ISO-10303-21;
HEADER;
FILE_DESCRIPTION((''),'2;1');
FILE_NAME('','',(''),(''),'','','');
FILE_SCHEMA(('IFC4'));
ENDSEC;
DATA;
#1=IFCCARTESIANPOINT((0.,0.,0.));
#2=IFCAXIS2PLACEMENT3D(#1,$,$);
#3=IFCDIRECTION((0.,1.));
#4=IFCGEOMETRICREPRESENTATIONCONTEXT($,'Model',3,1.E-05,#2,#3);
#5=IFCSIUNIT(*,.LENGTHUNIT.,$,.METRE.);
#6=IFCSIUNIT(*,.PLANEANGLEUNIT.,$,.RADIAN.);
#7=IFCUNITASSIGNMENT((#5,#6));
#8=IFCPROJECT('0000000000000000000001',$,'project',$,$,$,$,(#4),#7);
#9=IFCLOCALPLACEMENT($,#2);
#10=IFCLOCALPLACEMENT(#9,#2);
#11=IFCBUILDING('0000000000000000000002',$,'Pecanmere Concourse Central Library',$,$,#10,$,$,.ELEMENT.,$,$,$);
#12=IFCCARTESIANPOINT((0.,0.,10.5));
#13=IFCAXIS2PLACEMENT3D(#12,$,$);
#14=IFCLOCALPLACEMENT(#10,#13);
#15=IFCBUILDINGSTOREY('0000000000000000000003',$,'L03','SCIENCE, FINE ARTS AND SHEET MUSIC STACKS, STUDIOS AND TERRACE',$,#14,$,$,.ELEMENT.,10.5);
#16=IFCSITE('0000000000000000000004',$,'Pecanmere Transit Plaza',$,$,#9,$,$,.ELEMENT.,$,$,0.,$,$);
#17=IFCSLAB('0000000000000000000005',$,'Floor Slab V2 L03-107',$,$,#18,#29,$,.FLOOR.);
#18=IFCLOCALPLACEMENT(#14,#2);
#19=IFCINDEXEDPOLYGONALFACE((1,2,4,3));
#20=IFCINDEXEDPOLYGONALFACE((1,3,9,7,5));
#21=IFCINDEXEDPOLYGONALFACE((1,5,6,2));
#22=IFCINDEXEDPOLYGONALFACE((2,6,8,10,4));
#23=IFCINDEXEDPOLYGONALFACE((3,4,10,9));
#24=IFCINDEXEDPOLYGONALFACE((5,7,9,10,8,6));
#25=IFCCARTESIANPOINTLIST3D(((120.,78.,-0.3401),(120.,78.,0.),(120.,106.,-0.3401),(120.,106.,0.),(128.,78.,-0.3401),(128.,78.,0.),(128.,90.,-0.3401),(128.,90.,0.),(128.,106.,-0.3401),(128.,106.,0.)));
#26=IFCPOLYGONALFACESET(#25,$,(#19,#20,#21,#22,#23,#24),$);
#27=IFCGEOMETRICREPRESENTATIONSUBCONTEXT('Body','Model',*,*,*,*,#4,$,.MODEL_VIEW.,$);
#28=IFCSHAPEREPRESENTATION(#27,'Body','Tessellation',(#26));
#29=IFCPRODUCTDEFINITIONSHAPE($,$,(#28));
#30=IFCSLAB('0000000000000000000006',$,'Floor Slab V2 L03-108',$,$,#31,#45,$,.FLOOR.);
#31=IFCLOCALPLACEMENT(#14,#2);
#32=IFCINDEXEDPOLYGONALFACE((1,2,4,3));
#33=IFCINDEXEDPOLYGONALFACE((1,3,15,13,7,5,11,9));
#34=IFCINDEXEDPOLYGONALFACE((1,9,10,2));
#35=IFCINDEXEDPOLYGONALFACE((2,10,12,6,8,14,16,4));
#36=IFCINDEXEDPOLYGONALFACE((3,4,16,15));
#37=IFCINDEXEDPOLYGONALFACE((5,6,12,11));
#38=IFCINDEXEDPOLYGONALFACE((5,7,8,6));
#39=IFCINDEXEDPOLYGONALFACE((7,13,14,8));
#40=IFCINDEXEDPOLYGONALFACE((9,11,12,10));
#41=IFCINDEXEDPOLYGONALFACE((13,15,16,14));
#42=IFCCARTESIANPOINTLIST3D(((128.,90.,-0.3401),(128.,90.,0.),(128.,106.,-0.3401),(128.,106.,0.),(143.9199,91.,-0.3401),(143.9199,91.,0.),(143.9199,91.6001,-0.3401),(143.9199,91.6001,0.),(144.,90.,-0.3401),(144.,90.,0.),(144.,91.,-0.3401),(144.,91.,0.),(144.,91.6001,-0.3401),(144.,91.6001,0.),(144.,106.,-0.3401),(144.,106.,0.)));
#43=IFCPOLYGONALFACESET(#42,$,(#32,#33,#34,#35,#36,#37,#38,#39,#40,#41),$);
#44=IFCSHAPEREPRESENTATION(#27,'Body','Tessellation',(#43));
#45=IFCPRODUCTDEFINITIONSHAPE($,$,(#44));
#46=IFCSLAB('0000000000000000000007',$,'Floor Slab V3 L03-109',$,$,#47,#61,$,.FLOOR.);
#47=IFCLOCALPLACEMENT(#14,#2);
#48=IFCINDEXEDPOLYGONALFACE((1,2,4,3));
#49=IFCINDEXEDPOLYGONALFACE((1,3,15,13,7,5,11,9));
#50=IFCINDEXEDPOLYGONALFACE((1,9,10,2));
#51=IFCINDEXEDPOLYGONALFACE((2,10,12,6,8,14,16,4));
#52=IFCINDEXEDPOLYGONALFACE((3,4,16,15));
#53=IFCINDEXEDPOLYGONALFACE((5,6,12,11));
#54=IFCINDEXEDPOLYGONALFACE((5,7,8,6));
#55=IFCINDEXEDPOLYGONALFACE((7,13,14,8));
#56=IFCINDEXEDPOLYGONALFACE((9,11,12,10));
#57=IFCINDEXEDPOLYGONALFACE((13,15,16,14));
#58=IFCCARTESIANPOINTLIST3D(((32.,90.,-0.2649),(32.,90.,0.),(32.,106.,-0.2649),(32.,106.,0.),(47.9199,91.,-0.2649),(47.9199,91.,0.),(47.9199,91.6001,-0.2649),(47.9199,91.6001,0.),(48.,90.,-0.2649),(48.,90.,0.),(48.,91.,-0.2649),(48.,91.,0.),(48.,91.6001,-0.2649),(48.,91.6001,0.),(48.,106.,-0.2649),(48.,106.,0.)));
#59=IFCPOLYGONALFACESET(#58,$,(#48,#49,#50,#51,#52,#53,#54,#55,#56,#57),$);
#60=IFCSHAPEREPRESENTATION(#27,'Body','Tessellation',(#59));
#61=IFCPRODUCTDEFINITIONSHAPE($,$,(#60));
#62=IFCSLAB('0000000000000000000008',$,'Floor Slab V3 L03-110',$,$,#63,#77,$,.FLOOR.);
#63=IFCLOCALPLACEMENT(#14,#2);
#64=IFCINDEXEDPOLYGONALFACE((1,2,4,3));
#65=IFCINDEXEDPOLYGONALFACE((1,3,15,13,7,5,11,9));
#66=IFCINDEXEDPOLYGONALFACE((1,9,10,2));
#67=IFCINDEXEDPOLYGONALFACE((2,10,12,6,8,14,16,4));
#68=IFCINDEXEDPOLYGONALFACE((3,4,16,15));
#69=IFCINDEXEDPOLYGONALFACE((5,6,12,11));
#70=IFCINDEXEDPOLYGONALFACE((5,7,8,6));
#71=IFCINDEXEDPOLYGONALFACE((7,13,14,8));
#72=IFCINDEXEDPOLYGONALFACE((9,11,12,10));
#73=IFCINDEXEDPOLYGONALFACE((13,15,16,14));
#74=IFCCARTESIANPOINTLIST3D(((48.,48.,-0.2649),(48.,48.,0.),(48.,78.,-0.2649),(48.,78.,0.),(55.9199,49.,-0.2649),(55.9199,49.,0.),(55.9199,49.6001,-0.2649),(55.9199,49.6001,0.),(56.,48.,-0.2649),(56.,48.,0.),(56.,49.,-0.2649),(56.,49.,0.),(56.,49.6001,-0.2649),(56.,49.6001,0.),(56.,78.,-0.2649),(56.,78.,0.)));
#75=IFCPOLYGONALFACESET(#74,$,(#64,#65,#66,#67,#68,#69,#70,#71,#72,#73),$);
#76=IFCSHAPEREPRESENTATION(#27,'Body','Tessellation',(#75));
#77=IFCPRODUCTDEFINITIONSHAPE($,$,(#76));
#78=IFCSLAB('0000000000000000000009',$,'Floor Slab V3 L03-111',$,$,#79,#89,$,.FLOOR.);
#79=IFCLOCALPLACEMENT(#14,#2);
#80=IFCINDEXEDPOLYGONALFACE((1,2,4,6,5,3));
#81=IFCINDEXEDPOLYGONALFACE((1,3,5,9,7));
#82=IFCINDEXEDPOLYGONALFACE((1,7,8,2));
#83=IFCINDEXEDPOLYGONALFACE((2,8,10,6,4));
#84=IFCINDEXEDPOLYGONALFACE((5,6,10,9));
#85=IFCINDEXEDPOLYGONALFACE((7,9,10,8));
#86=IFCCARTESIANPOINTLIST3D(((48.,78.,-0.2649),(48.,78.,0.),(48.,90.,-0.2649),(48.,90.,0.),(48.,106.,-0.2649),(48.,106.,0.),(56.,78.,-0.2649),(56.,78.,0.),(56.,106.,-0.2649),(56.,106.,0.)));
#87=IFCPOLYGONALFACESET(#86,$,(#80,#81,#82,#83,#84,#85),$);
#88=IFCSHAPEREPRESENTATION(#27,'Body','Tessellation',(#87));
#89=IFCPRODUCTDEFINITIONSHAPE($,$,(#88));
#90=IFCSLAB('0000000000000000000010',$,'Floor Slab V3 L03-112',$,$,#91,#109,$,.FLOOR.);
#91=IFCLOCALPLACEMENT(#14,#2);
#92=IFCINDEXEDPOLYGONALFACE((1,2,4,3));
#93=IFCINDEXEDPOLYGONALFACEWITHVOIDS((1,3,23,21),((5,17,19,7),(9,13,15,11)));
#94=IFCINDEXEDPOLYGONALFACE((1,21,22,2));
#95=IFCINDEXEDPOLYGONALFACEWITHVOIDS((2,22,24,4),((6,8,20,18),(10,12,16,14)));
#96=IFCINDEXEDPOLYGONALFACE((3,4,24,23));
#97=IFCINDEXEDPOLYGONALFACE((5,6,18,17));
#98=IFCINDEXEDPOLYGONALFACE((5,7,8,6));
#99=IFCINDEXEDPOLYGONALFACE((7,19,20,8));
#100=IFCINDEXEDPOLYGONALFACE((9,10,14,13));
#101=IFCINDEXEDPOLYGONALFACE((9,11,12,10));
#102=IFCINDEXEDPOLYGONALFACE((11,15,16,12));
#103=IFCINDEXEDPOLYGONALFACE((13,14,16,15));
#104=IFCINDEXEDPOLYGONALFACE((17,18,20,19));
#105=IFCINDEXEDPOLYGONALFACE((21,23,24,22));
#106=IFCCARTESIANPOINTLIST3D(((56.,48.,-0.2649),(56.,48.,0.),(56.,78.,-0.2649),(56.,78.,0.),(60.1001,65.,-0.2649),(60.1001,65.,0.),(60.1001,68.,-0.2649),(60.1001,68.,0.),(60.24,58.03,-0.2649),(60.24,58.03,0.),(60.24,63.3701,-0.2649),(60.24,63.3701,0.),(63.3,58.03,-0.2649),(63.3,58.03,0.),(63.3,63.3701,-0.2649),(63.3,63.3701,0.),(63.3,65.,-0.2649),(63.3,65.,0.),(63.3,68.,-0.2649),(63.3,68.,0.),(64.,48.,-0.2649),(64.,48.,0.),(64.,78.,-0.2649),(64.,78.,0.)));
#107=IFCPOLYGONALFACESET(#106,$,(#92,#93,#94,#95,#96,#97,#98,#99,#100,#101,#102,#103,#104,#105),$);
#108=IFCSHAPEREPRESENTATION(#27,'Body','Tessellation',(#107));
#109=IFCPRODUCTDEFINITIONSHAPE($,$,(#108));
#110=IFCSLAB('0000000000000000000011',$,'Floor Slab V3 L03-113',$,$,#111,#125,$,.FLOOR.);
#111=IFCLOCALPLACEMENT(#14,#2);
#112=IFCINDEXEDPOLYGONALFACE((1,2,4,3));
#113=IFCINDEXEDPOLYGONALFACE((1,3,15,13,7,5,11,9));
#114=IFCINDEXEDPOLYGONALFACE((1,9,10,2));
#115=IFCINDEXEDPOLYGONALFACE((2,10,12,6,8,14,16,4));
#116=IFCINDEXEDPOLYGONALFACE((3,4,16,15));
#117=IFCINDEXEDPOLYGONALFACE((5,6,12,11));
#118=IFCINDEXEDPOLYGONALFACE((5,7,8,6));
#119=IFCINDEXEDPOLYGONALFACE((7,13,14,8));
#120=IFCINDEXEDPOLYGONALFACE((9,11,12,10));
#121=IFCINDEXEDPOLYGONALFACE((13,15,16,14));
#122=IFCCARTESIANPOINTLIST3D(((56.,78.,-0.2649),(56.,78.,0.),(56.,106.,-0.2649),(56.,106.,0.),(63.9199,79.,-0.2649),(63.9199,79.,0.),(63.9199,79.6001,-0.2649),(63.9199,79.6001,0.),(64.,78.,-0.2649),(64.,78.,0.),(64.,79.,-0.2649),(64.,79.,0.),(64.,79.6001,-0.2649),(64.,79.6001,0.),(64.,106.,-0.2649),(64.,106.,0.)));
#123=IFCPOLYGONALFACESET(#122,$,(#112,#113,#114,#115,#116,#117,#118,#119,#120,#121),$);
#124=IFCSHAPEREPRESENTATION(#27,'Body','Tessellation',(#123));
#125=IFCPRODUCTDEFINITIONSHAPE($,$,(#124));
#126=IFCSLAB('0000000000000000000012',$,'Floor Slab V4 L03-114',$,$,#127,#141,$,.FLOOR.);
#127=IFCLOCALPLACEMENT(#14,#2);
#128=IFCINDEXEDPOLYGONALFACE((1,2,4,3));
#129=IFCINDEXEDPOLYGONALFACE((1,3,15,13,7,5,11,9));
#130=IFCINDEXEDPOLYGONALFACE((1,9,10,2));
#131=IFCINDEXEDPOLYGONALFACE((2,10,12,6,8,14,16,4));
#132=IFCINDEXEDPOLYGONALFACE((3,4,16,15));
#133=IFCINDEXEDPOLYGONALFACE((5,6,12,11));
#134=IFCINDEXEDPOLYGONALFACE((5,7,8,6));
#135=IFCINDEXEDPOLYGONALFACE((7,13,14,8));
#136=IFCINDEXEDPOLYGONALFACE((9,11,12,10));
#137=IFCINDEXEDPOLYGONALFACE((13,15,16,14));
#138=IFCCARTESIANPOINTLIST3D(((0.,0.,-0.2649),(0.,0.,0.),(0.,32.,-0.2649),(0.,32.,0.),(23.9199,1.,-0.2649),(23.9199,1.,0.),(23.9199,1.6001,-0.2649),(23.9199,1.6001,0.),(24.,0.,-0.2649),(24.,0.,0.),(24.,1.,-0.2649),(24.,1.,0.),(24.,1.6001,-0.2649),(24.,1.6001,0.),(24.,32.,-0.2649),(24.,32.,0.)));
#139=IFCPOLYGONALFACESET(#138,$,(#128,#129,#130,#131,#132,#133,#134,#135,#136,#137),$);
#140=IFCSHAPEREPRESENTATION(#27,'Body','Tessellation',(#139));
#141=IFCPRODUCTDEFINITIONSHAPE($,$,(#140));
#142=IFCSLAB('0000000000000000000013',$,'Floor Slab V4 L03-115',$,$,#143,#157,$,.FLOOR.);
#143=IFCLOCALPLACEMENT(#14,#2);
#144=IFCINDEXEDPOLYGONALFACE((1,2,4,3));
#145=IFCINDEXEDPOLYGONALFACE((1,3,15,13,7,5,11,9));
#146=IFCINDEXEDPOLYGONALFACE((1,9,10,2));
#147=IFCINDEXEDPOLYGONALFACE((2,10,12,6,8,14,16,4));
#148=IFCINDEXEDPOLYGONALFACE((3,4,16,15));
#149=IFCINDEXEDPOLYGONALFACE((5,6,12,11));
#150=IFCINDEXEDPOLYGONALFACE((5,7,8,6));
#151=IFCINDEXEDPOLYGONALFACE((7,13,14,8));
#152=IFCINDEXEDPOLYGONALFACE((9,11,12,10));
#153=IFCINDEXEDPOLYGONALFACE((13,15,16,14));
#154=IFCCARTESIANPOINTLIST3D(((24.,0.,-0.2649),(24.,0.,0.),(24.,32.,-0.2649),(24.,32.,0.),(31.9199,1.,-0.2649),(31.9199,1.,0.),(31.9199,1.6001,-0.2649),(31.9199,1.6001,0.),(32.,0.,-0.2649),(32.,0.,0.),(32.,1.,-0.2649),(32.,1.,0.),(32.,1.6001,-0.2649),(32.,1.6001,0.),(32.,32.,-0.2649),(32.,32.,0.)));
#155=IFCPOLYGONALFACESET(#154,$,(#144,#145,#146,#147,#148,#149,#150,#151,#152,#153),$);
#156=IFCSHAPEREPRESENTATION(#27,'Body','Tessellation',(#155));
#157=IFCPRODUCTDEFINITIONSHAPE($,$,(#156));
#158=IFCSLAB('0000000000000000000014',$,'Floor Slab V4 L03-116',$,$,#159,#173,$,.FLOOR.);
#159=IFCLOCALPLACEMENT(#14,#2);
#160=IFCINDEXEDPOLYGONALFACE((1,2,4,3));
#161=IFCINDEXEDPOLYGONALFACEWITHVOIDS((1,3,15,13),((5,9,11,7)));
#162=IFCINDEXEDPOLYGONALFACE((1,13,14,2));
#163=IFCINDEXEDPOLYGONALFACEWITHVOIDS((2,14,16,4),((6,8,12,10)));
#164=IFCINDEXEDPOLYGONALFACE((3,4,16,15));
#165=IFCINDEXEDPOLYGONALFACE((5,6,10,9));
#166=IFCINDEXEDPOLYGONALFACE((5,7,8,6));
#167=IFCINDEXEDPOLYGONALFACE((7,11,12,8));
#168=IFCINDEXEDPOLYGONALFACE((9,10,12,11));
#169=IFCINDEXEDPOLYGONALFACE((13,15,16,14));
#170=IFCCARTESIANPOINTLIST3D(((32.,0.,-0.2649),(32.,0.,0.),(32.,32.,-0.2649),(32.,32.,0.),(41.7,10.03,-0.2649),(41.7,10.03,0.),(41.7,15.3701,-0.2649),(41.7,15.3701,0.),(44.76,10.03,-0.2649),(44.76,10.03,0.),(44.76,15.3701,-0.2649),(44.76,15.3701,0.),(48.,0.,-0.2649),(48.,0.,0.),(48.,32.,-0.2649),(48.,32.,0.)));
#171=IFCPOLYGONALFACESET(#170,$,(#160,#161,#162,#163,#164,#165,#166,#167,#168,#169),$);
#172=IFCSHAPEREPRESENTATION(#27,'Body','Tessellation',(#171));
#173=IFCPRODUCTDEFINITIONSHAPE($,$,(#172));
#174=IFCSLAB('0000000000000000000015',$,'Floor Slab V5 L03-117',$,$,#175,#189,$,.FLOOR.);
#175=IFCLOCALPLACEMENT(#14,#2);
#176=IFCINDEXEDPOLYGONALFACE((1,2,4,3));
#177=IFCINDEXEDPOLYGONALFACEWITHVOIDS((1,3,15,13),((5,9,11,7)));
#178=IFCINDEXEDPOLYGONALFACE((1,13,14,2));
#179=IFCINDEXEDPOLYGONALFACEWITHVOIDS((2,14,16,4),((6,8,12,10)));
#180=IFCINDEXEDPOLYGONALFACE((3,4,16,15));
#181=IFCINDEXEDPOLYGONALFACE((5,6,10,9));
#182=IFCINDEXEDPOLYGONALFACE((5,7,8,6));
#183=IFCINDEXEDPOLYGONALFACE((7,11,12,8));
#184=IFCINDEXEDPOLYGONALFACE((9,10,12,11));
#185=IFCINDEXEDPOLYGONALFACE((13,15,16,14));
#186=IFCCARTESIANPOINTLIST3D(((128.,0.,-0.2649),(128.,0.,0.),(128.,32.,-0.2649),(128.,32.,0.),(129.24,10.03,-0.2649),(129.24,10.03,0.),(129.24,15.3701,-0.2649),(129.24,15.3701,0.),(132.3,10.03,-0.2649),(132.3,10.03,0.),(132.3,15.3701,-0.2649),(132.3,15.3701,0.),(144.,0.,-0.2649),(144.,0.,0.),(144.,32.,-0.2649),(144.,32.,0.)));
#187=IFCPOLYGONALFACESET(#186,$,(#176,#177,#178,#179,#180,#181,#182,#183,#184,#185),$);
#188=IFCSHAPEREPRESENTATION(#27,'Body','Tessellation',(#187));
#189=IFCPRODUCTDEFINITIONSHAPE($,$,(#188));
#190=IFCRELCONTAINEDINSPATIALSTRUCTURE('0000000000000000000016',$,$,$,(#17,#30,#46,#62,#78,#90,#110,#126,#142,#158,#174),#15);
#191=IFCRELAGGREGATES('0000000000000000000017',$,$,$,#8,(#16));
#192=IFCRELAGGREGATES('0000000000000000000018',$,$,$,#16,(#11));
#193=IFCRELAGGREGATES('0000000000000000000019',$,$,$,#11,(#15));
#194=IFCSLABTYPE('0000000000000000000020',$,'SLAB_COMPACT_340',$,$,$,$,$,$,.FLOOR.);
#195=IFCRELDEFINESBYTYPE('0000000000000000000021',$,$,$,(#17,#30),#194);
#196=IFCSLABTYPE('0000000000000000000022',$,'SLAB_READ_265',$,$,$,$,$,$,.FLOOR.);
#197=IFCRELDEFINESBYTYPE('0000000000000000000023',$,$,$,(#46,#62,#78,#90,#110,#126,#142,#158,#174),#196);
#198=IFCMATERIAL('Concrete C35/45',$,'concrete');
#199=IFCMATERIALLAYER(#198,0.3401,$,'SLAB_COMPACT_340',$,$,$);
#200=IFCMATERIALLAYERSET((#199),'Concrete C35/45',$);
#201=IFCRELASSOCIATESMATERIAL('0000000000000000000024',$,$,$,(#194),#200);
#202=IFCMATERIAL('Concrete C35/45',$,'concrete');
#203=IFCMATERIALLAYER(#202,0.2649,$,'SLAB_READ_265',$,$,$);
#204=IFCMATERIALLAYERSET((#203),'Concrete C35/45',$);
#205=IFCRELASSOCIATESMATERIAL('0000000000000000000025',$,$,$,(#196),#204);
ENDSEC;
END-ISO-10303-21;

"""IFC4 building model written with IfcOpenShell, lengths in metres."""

from ifc_helpers import new_model, si_unit, direction, frame, origin, place, context, subcontext, project, spatial, polyline, outline, extrude, material, layer, layer_set, type_object, element, save


model = new_model("IFC4")

# Units and contexts
model_context = context("Model", 3, precision=1e-05, world=origin(), true_north=direction((0.0, 1.0)))
body_context = subcontext(model_context, "Body", "Model", "MODEL_VIEW")
ifc_project = project(units=[si_unit("LENGTHUNIT", "METRE"), si_unit("PLANEANGLEUNIT", "RADIAN")], contexts=[model_context])

# Site, building, storey
site_placement = place(None, origin())
site = spatial("IfcSite", under=ifc_project, at=site_placement, Name="Pecanmere Transit Plaza", CompositionType="ELEMENT", RefElevation=0.0)
building_placement = place(site_placement, origin())
building = spatial("IfcBuilding", under=site, at=building_placement, Name="Pecanmere Concourse Central Library", CompositionType="ELEMENT")
storey_placement = place(building_placement, frame((0.0, 0.0, 10.5)))
storey = spatial("IfcBuildingStorey", under=building, at=storey_placement, Name="L03", Description="SCIENCE, FINE ARTS AND SHEET MUSIC STACKS, STUDIOS AND TERRACE", CompositionType="ELEMENT", Elevation=10.5)

# Slabs
ifc_material_1 = material(Name="Concrete C35/45", Category="concrete")
ifc_layer_1 = layer(ifc_material_1, 0.3401, Name="SLAB_COMPACT_340")
ifc_layer_set_1 = layer_set([ifc_layer_1], Name="Concrete C35/45")
slab_type_1 = type_object("IfcSlabType", Name="SLAB_COMPACT_340", PredefinedType="FLOOR", material=ifc_layer_set_1)
slab_1_placement = place(storey_placement, frame((0.0, 0.0, -0.3401)))
element("IfcSlab", 1, at=slab_1_placement, inside=storey, type_object=slab_type_1, Name="Floor Slab V2 L03-107", PredefinedType="FLOOR", context=body_context, shape_type="SweptSolid", body=[
    extrude(outline(polyline([(128.0, 78.0), (120.0, 78.0), (120.0, 106.0), (128.0, 106.0), (128.0, 90.0), (128.0, 78.0)])), origin(), (0.0, 0.0, 1.0), 0.3401),
])
slab_2_placement = place(storey_placement, frame((0.0, 0.0, -0.3401)))
element("IfcSlab", 2, at=slab_2_placement, inside=storey, type_object=slab_type_1, Name="Floor Slab V2 L03-108", PredefinedType="FLOOR", context=body_context, shape_type="SweptSolid", body=[
    extrude(outline(polyline([(128.0, 106.0), (144.0, 106.0), (144.0, 91.6001), (143.9199, 91.6001), (143.9199, 91.0), (144.0, 91.0), (144.0, 90.0), (128.0, 90.0), (128.0, 106.0)])), origin(), (0.0, 0.0, 1.0), 0.3401),
])
ifc_material_2 = material(Name="Concrete C35/45", Category="concrete")
ifc_layer_2 = layer(ifc_material_2, 0.2649, Name="SLAB_READ_265")
ifc_layer_set_2 = layer_set([ifc_layer_2], Name="Concrete C35/45")
slab_type_2 = type_object("IfcSlabType", Name="SLAB_READ_265", PredefinedType="FLOOR", material=ifc_layer_set_2)
slab_3_placement = place(storey_placement, frame((0.0, 0.0, -0.2649)))
element("IfcSlab", 3, at=slab_3_placement, inside=storey, type_object=slab_type_2, Name="Floor Slab V3 L03-109", PredefinedType="FLOOR", context=body_context, shape_type="SweptSolid", body=[
    extrude(outline(polyline([(48.0, 91.6001), (47.9199, 91.6001), (47.9199, 91.0), (48.0, 91.0), (48.0, 90.0), (32.0, 90.0), (32.0, 106.0), (48.0, 106.0), (48.0, 91.6001)])), origin(), (0.0, 0.0, 1.0), 0.2649),
])
slab_4_placement = place(storey_placement, frame((0.0, 0.0, -0.2649)))
element("IfcSlab", 4, at=slab_4_placement, inside=storey, type_object=slab_type_2, Name="Floor Slab V3 L03-110", PredefinedType="FLOOR", context=body_context, shape_type="SweptSolid", body=[
    extrude(outline(polyline([(56.0, 49.6001), (55.9199, 49.6001), (55.9199, 49.0), (56.0, 49.0), (56.0, 48.0), (48.0, 48.0), (48.0, 78.0), (56.0, 78.0), (56.0, 49.6001)])), origin(), (0.0, 0.0, 1.0), 0.2649),
])
slab_5_placement = place(storey_placement, frame((0.0, 0.0, -0.2649)))
element("IfcSlab", 5, at=slab_5_placement, inside=storey, type_object=slab_type_2, Name="Floor Slab V3 L03-111", PredefinedType="FLOOR", context=body_context, shape_type="SweptSolid", body=[
    extrude(outline(polyline([(48.0, 106.0), (56.0, 106.0), (56.0, 78.0), (48.0, 78.0), (48.0, 90.0), (48.0, 106.0)])), origin(), (0.0, 0.0, 1.0), 0.2649),
])
slab_6_placement = place(storey_placement, frame((0.0, 0.0, -0.2649)))
element("IfcSlab", 6, at=slab_6_placement, inside=storey, type_object=slab_type_2, Name="Floor Slab V3 L03-112", PredefinedType="FLOOR", context=body_context, shape_type="SweptSolid", body=[
    extrude(outline(polyline([(64.0, 78.0), (64.0, 48.0), (56.0, 48.0), (56.0, 78.0), (64.0, 78.0)]), holes=[polyline([(63.3, 63.3701), (60.24, 63.3701), (60.24, 58.03), (63.3, 58.03), (63.3, 63.3701)]), polyline([(63.3, 68.0), (60.1001, 68.0), (60.1001, 65.0), (63.3, 65.0), (63.3, 68.0)])]), origin(), (0.0, 0.0, 1.0), 0.2649),
])
slab_7_placement = place(storey_placement, frame((0.0, 0.0, -0.2649)))
element("IfcSlab", 7, at=slab_7_placement, inside=storey, type_object=slab_type_2, Name="Floor Slab V3 L03-113", PredefinedType="FLOOR", context=body_context, shape_type="SweptSolid", body=[
    extrude(outline(polyline([(64.0, 79.6001), (63.9199, 79.6001), (63.9199, 79.0), (64.0, 79.0), (64.0, 78.0), (56.0, 78.0), (56.0, 106.0), (64.0, 106.0), (64.0, 79.6001)])), origin(), (0.0, 0.0, 1.0), 0.2649),
])
slab_8_placement = place(storey_placement, frame((0.0, 0.0, -0.2649)))
element("IfcSlab", 8, at=slab_8_placement, inside=storey, type_object=slab_type_2, Name="Floor Slab V4 L03-114", PredefinedType="FLOOR", context=body_context, shape_type="SweptSolid", body=[
    extrude(outline(polyline([(0.0, 0.0), (0.0, 32.0), (24.0, 32.0), (24.0, 1.6001), (23.9199, 1.6001), (23.9199, 1.0), (24.0, 1.0), (24.0, 0.0), (0.0, 0.0)])), origin(), (0.0, 0.0, 1.0), 0.2649),
])
slab_9_placement = place(storey_placement, frame((0.0, 0.0, -0.2649)))
element("IfcSlab", 9, at=slab_9_placement, inside=storey, type_object=slab_type_2, Name="Floor Slab V4 L03-115", PredefinedType="FLOOR", context=body_context, shape_type="SweptSolid", body=[
    extrude(outline(polyline([(24.0, 32.0), (32.0, 32.0), (32.0, 1.6001), (31.9199, 1.6001), (31.9199, 1.0), (32.0, 1.0), (32.0, 0.0), (24.0, 0.0), (24.0, 32.0)])), origin(), (0.0, 0.0, 1.0), 0.2649),
])
slab_10_placement = place(storey_placement, frame((0.0, 0.0, -0.2649)))
element("IfcSlab", 10, at=slab_10_placement, inside=storey, type_object=slab_type_2, Name="Floor Slab V4 L03-116", PredefinedType="FLOOR", context=body_context, shape_type="SweptSolid", body=[
    extrude(outline(polyline([(32.0, 0.0), (32.0, 32.0), (48.0, 32.0), (48.0, 0.0), (32.0, 0.0)]), holes=[polyline([(44.76, 15.3701), (41.7, 15.3701), (41.7, 10.03), (44.76, 10.03), (44.76, 15.3701)])]), origin(), (0.0, 0.0, 1.0), 0.2649),
])
slab_11_placement = place(storey_placement, frame((0.0, 0.0, -0.2649)))
element("IfcSlab", 11, at=slab_11_placement, inside=storey, type_object=slab_type_2, Name="Floor Slab V5 L03-117", PredefinedType="FLOOR", context=body_context, shape_type="SweptSolid", body=[
    extrude(outline(polyline([(144.0, 0.0), (128.0, 0.0), (128.0, 32.0), (144.0, 32.0), (144.0, 0.0)]), holes=[polyline([(132.3, 15.3701), (129.24, 15.3701), (129.24, 10.03), (132.3, 10.03), (132.3, 15.3701)])]), origin(), (0.0, 0.0, 1.0), 0.2649),
])

save(model, "model.ifc")
